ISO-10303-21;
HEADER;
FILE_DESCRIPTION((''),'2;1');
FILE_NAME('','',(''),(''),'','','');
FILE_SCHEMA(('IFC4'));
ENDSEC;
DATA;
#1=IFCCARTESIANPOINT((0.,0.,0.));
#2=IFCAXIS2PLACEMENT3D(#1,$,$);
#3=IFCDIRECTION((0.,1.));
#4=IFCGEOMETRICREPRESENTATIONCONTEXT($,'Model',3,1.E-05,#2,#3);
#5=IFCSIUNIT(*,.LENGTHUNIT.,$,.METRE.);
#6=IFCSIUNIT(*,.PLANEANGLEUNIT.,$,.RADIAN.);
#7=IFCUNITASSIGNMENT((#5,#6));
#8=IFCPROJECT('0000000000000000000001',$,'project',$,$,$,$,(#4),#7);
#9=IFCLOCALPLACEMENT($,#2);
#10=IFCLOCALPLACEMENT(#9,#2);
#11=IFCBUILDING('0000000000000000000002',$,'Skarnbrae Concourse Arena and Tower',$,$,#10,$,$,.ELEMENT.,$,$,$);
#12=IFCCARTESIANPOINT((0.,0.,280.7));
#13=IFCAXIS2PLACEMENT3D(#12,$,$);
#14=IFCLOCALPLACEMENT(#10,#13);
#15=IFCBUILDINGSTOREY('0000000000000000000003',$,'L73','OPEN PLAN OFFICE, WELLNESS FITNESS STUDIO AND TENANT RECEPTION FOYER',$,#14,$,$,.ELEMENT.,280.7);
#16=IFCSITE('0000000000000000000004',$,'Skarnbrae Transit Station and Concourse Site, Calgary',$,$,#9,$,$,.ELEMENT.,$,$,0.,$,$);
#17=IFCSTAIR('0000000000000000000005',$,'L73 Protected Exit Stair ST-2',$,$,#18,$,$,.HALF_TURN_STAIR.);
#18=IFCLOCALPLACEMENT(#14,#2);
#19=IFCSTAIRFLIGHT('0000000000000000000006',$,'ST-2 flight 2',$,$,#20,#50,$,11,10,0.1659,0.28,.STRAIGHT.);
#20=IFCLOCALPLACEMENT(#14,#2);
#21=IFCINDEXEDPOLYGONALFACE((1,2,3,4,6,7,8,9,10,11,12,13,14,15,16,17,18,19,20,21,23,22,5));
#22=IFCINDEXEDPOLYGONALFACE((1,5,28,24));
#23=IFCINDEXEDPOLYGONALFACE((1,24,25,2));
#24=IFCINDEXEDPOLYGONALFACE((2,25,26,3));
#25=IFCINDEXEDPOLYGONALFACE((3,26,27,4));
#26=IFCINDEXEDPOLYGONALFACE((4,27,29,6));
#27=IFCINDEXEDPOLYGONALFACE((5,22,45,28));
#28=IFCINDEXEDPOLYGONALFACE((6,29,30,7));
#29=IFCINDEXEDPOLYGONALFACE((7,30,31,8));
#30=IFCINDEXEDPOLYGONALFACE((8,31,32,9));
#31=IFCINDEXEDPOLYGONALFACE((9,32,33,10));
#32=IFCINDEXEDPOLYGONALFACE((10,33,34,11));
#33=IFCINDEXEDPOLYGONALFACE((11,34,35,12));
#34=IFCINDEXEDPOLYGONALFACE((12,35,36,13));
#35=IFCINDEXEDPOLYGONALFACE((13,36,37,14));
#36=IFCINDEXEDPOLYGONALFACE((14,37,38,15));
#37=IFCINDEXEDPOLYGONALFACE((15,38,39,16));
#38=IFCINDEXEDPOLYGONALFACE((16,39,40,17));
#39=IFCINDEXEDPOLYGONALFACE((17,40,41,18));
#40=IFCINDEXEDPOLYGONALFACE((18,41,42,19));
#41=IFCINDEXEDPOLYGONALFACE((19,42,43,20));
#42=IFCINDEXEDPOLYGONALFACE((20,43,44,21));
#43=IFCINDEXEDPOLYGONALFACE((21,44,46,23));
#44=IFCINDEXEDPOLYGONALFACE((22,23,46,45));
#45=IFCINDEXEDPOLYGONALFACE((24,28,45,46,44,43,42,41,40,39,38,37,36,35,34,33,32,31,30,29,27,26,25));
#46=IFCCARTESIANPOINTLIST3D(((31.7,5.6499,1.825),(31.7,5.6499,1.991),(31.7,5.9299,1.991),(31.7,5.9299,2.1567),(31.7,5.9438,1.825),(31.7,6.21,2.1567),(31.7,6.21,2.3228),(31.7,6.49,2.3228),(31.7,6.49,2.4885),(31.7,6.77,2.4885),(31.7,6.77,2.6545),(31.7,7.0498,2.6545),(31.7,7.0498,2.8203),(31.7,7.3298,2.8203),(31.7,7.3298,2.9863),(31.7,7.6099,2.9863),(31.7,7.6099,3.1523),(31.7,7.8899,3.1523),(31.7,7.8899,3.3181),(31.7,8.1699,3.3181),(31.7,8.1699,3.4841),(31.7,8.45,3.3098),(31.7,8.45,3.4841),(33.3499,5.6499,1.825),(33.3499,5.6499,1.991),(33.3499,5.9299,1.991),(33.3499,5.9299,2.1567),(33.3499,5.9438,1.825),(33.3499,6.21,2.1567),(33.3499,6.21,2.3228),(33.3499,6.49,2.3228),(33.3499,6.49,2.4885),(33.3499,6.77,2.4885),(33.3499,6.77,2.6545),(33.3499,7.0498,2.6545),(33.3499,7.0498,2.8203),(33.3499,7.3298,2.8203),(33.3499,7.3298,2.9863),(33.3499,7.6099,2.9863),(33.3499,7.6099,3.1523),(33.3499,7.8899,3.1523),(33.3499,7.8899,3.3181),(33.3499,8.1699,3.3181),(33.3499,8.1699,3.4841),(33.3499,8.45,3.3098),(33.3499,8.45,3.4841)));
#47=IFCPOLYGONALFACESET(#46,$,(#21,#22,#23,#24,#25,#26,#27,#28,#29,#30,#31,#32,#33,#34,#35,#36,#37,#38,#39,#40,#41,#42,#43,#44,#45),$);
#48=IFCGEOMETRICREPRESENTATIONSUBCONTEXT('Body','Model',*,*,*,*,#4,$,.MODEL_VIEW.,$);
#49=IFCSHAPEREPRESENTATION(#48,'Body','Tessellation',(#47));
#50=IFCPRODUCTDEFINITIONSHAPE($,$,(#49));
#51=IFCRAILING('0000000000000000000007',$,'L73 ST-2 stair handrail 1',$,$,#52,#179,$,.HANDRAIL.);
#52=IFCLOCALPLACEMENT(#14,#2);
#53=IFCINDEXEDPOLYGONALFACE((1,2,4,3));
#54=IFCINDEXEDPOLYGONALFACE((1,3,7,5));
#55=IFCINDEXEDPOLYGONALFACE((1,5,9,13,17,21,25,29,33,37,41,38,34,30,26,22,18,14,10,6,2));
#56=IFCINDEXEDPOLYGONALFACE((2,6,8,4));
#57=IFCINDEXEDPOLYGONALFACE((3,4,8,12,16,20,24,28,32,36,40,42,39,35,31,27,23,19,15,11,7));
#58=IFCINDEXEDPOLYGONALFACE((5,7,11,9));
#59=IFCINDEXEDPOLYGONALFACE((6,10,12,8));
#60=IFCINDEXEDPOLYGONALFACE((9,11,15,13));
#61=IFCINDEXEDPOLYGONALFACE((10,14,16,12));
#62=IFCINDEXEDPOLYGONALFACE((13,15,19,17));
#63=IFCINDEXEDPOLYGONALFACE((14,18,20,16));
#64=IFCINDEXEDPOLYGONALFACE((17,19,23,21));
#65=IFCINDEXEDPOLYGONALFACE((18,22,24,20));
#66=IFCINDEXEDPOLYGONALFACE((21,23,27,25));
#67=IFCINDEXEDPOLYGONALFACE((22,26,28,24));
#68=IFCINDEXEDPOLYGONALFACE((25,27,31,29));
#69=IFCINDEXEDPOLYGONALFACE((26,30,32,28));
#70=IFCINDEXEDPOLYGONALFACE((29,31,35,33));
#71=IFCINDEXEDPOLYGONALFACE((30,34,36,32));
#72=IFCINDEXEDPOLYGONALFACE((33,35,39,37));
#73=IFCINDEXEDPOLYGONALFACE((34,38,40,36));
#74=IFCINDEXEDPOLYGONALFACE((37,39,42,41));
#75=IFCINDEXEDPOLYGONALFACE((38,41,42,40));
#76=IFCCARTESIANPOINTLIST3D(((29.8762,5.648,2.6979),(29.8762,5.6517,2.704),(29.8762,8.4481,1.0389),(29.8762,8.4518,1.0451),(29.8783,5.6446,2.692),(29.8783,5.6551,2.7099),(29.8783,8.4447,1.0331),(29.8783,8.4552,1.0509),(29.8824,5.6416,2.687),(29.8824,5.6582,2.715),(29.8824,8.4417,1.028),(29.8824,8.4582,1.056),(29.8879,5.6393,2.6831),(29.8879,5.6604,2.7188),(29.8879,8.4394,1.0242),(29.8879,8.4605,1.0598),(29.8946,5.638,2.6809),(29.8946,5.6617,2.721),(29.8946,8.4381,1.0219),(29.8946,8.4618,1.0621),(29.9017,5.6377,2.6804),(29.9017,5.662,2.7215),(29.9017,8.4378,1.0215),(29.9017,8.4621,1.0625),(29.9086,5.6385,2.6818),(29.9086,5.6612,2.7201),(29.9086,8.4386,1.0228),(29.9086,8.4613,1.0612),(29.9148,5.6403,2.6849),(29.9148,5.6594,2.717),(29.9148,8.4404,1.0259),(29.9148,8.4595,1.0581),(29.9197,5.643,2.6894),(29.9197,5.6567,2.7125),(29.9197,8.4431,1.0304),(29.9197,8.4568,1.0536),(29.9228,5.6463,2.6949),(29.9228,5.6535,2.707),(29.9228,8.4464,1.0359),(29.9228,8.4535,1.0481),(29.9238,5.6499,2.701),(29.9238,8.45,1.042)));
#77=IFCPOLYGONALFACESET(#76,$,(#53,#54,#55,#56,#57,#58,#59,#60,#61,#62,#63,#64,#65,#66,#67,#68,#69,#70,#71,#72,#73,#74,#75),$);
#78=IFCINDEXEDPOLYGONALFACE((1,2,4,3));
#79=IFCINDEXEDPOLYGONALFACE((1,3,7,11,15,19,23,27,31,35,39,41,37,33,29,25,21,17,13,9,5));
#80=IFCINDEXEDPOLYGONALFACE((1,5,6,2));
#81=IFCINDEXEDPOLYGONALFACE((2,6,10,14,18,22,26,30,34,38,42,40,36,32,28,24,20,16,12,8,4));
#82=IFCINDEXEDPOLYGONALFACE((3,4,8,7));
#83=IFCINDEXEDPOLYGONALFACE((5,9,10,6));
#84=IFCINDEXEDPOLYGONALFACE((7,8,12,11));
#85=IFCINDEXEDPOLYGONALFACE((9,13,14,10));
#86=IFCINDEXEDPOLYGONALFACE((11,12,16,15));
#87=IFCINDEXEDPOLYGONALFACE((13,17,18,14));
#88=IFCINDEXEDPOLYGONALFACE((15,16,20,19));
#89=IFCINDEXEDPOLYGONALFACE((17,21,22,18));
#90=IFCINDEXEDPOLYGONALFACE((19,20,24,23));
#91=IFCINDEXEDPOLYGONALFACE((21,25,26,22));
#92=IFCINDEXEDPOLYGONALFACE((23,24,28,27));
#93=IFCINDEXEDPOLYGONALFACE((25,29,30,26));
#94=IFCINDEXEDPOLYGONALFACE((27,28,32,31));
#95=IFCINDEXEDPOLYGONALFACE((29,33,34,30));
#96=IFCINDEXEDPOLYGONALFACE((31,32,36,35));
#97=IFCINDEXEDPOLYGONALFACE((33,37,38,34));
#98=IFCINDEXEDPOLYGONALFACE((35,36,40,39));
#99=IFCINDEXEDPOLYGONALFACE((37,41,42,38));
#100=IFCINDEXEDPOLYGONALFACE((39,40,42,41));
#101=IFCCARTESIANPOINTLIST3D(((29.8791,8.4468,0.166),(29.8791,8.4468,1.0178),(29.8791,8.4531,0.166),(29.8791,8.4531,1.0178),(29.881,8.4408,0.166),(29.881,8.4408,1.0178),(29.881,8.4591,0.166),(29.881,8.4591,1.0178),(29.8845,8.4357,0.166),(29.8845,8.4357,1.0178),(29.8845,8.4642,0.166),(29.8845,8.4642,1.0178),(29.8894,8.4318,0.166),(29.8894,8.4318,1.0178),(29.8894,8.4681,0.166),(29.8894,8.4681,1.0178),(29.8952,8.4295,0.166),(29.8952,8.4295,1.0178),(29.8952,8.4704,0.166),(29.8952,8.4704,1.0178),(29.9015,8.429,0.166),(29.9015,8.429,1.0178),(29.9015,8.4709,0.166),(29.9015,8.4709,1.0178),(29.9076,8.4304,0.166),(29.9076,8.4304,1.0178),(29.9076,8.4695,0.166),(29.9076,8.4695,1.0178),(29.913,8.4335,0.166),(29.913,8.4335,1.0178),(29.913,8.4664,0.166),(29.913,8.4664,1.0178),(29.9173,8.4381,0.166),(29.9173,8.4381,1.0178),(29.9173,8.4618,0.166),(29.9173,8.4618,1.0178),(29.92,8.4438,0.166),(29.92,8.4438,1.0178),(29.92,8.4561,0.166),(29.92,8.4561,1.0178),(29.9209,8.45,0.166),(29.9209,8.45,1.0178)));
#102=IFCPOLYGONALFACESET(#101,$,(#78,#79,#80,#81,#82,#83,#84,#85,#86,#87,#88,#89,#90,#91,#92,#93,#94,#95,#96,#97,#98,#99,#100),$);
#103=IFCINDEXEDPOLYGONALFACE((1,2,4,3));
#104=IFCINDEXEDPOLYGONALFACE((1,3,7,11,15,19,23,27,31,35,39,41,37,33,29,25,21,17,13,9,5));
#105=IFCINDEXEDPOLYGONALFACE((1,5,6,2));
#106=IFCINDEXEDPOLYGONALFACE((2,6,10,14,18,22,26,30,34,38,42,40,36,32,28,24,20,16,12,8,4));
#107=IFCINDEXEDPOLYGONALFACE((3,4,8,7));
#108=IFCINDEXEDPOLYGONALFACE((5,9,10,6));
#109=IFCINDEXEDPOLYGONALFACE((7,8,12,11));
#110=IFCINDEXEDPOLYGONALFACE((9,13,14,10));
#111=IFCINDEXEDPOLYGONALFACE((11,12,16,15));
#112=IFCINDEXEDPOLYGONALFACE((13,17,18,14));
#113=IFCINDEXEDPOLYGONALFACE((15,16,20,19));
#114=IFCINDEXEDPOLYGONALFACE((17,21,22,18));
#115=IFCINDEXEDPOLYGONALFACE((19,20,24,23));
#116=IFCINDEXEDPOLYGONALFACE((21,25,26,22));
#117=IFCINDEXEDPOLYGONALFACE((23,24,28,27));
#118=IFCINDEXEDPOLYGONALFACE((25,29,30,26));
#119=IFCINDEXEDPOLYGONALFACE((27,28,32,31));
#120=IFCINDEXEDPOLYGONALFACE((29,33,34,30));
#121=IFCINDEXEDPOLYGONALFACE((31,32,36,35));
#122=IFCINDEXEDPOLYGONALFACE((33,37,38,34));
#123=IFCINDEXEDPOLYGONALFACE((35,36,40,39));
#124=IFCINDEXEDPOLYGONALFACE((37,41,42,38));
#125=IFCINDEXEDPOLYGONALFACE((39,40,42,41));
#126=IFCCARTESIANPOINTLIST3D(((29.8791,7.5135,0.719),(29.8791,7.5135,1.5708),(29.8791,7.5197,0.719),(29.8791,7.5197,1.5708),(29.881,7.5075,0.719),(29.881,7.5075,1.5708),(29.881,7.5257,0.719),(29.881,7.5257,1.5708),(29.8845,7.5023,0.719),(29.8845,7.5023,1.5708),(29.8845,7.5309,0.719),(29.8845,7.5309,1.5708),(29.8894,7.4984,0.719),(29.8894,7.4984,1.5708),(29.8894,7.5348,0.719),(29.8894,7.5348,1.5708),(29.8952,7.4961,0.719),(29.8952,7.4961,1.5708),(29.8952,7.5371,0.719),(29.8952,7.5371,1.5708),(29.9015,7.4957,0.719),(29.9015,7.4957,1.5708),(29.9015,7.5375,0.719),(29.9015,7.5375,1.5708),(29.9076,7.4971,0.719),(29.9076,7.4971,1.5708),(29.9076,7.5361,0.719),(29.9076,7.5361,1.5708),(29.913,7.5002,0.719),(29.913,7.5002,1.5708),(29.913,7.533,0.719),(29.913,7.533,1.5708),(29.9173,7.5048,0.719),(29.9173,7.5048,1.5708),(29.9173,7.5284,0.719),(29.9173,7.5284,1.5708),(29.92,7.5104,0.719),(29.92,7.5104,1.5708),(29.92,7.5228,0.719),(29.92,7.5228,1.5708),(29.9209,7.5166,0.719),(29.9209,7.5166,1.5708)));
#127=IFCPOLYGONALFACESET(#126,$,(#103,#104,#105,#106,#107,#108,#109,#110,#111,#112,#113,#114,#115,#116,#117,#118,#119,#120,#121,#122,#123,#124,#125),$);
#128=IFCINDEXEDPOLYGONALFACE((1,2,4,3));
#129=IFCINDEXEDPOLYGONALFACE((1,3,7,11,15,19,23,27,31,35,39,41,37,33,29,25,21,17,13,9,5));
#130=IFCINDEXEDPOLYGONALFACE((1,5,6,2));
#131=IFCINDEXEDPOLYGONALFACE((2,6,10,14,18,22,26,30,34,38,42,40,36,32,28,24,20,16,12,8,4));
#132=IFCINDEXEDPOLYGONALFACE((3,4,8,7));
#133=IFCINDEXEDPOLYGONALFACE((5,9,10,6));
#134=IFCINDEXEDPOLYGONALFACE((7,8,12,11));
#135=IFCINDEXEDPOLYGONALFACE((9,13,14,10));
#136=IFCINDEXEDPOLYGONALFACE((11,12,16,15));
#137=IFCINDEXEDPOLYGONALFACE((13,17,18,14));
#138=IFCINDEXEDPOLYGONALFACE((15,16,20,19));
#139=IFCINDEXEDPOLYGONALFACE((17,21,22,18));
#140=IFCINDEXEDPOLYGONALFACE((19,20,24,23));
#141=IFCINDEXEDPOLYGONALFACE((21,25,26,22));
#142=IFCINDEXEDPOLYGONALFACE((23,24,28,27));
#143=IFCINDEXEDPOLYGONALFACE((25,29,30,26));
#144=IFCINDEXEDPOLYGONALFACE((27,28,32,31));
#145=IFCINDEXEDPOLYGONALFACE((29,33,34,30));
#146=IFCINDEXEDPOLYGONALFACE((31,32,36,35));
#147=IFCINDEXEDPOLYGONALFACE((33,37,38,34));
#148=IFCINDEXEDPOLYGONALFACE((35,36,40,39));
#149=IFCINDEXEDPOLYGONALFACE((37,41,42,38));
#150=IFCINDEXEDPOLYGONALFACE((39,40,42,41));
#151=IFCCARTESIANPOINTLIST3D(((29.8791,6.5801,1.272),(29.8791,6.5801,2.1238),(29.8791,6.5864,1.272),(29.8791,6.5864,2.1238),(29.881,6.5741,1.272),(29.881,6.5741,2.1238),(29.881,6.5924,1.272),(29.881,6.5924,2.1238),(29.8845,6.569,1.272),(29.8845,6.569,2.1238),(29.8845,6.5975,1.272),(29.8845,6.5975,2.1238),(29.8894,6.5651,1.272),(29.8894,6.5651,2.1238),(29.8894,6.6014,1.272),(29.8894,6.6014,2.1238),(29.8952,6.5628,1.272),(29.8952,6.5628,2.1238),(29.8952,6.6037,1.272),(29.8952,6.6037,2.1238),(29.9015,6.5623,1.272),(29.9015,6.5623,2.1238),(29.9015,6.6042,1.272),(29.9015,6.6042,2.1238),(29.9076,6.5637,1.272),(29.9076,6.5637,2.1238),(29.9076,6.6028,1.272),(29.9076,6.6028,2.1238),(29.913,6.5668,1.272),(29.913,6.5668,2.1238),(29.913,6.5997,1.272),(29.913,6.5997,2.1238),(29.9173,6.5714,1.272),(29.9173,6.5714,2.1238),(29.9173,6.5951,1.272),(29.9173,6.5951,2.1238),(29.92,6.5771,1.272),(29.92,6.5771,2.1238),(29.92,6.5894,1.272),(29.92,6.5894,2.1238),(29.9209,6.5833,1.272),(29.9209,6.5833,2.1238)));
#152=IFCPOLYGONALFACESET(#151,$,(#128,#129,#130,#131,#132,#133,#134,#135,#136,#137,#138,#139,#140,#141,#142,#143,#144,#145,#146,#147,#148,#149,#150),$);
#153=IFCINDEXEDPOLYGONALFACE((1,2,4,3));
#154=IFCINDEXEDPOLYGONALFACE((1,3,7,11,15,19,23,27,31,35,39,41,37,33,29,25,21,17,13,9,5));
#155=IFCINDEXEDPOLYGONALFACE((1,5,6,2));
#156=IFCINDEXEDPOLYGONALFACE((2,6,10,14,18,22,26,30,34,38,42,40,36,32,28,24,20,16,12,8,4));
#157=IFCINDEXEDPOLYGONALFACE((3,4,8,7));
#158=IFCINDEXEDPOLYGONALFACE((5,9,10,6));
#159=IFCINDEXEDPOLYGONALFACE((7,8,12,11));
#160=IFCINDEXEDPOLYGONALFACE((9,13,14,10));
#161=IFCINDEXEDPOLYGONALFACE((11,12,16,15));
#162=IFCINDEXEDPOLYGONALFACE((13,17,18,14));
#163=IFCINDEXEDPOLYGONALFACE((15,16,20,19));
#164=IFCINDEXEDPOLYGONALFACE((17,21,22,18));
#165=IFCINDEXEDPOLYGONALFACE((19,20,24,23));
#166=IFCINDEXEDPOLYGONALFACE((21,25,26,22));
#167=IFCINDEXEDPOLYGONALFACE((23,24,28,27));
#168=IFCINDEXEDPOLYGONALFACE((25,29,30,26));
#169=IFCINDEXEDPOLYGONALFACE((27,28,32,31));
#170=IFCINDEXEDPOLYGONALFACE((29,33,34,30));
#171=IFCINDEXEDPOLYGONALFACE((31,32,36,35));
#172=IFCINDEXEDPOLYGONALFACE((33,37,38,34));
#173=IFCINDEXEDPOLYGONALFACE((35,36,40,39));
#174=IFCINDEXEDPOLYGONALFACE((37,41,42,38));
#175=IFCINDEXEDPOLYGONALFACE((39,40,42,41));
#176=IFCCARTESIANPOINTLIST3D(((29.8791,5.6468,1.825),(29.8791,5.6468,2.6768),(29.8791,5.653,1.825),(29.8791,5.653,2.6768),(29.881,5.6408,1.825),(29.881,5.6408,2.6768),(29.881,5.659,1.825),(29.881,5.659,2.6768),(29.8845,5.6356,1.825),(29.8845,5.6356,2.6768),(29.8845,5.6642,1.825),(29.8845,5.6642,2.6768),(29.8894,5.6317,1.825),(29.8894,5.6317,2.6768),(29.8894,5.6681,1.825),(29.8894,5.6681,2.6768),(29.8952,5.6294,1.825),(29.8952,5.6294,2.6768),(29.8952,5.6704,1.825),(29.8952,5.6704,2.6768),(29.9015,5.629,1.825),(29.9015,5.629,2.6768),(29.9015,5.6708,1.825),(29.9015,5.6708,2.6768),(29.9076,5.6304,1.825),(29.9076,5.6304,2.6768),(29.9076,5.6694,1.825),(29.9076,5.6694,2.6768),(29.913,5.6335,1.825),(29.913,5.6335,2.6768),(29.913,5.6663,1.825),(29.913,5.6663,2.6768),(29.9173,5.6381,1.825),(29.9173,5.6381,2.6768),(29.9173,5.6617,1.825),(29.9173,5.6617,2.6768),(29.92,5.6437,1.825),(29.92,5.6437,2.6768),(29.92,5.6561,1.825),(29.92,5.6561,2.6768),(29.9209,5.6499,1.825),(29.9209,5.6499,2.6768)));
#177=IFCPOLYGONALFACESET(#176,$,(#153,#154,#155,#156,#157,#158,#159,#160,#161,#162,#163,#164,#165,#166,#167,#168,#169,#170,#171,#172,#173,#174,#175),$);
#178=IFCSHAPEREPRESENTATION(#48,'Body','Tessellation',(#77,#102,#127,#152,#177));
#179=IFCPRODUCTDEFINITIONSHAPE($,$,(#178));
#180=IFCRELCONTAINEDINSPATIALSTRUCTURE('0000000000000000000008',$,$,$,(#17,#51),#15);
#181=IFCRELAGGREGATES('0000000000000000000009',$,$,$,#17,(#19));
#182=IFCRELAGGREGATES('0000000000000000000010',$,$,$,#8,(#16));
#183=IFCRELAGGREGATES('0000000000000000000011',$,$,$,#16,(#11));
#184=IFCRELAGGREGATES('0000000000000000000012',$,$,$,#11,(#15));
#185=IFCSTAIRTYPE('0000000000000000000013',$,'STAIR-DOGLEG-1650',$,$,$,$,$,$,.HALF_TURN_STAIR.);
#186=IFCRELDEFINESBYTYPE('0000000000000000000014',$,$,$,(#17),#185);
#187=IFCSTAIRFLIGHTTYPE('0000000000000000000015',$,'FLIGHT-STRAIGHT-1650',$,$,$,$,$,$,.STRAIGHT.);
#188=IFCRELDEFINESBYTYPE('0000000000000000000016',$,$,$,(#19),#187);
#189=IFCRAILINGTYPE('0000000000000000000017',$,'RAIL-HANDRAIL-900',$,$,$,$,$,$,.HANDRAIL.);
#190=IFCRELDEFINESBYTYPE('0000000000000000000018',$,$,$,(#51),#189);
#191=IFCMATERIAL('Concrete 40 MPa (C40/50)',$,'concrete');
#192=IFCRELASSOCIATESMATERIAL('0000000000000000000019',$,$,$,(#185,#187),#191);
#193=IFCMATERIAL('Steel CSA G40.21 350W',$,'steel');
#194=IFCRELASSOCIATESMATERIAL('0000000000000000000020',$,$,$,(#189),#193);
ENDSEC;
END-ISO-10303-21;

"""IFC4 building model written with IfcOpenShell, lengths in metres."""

from ifc_helpers import new_model, si_unit, direction, frame, origin, origin_2d, place, context, subcontext, project, spatial, polyline, circle, outline, extrude, source, transform, mapped, material, type_object, element, aggregate, save


model = new_model("IFC4")

# Units and contexts
model_context = context("Model", 3, precision=1e-05, world=origin(), true_north=direction((0.0, 1.0)))
body_context = subcontext(model_context, "Body", "Model", "MODEL_VIEW")
ifc_project = project(units=[si_unit("LENGTHUNIT", "METRE"), si_unit("PLANEANGLEUNIT", "RADIAN")], contexts=[model_context])

# Site, building, storey
site_placement = place(None, origin())
site = spatial("IfcSite", under=ifc_project, at=site_placement, Name="Skarnbrae Transit Station and Concourse Site, Calgary", CompositionType="ELEMENT", RefElevation=0.0)
building_placement = place(site_placement, origin())
building = spatial("IfcBuilding", under=site, at=building_placement, Name="Skarnbrae Concourse Arena and Tower", CompositionType="ELEMENT")
storey_placement = place(building_placement, frame((0.0, 0.0, 280.7)))
storey = spatial("IfcBuildingStorey", under=building, at=storey_placement, Name="L73", Description="OPEN PLAN OFFICE, WELLNESS FITNESS STUDIO AND TENANT RECEPTION FOYER", CompositionType="ELEMENT", Elevation=280.7)

# Shared definitions
ifc_material_1 = material(Name="Steel CSA G40.21 350W", Category="steel")

# Stair, stair flight
ifc_material_2 = material(Name="Concrete 40 MPa (C40/50)", Category="concrete")
stair_type = type_object("IfcStairType", Name="STAIR-DOGLEG-1650", PredefinedType="HALF_TURN_STAIR", material=ifc_material_2)
stair_placement = place(storey_placement, origin())
stair = element("IfcStair", 1, at=stair_placement, inside=storey, type_object=stair_type, Name="L73 Protected Exit Stair ST-2", PredefinedType="HALF_TURN_STAIR")
stair_flight_type = type_object("IfcStairFlightType", Name="FLIGHT-STRAIGHT-1650", PredefinedType="STRAIGHT", material=ifc_material_2)
shared_shape_1 = source(origin(), body_context, "Body", "SweptSolid", [
    extrude(outline(polyline([(0.0, 0.0), (0.0, 0.166), (0.28, 0.166), (0.28, 0.3318), (0.5601, 0.3318), (0.5601, 0.4978), (0.8401, 0.4978), (0.8401, 0.6636), (1.1201, 0.6636), (1.1201, 0.8296), (1.3999, 0.8296), (1.3999, 0.9954), (1.6799, 0.9954), (1.6799, 1.1614), (1.96, 1.1614), (1.96, 1.3274), (2.24, 1.3274), (2.24, 1.4932), (2.52, 1.4932), (2.52, 1.6592), (2.8, 1.6592), (2.8, 1.825), (2.8, 1.4849), (0.2939, 0.0), (0.0, 0.0)])), frame((0.0, 0.825, 0.0), z_axis=(0.0, -1.0, 0.0), x_axis=(1.0, 0.0, 0.0)), (0.0, 0.0, 1.0), 1.6499),
])
stair_flight_1_placement = place(storey_placement, frame((32.5249, 5.6499, 1.825), z_axis=(0.0, 0.0, 1.0), x_axis=(0.0, 1.0, 0.0)))
stair_flight_1 = element("IfcStairFlight", 2, at=stair_flight_1_placement, type_object=stair_flight_type, Name="ST-2 flight 2", NumberOfRisers=11, NumberOfTreads=10, PredefinedType="STRAIGHT", RiserHeight=0.1659, TreadLength=0.28, context=body_context, shape_type="MappedRepresentation", body=[
    mapped(shared_shape_1, transform((0.0, 0.0, 0.0))),
])
aggregate(stair, [stair_flight_1])

# Railing
railing_type_1 = type_object("IfcRailingType", Name="RAIL-HANDRAIL-900", PredefinedType="HANDRAIL", material=ifc_material_1)
railing_1_placement = place(storey_placement, frame((29.8999, 8.45, 0.166)))
element("IfcRailing", 3, at=railing_1_placement, inside=storey, type_object=railing_type_1, Name="L73 ST-2 stair handrail 1", PredefinedType="HANDRAIL", context=body_context, shape_type="SweptSolid", body=[
    extrude(circle(Radius=0.0239, at=origin_2d()), frame((0.0, 0.0, 0.876), z_axis=(0.0, -0.860339, 0.509722), x_axis=(1.0, 0.0, 0.0)), (0.0, 0.0, 1.0), 3.2546),
    extrude(circle(Radius=0.021, at=origin_2d()), origin(), (0.0, 0.0, 1.0), 0.8518),
    extrude(circle(Radius=0.021, at=origin_2d()), frame((0.0, -0.9333, 0.553)), (0.0, 0.0, 1.0), 0.8518),
    extrude(circle(Radius=0.021, at=origin_2d()), frame((0.0, -1.8667, 1.106)), (0.0, 0.0, 1.0), 0.8518),
    extrude(circle(Radius=0.021, at=origin_2d()), frame((0.0, -2.8, 1.6589)), (0.0, 0.0, 1.0), 0.8518),
])

save(model, "model.ifc")
